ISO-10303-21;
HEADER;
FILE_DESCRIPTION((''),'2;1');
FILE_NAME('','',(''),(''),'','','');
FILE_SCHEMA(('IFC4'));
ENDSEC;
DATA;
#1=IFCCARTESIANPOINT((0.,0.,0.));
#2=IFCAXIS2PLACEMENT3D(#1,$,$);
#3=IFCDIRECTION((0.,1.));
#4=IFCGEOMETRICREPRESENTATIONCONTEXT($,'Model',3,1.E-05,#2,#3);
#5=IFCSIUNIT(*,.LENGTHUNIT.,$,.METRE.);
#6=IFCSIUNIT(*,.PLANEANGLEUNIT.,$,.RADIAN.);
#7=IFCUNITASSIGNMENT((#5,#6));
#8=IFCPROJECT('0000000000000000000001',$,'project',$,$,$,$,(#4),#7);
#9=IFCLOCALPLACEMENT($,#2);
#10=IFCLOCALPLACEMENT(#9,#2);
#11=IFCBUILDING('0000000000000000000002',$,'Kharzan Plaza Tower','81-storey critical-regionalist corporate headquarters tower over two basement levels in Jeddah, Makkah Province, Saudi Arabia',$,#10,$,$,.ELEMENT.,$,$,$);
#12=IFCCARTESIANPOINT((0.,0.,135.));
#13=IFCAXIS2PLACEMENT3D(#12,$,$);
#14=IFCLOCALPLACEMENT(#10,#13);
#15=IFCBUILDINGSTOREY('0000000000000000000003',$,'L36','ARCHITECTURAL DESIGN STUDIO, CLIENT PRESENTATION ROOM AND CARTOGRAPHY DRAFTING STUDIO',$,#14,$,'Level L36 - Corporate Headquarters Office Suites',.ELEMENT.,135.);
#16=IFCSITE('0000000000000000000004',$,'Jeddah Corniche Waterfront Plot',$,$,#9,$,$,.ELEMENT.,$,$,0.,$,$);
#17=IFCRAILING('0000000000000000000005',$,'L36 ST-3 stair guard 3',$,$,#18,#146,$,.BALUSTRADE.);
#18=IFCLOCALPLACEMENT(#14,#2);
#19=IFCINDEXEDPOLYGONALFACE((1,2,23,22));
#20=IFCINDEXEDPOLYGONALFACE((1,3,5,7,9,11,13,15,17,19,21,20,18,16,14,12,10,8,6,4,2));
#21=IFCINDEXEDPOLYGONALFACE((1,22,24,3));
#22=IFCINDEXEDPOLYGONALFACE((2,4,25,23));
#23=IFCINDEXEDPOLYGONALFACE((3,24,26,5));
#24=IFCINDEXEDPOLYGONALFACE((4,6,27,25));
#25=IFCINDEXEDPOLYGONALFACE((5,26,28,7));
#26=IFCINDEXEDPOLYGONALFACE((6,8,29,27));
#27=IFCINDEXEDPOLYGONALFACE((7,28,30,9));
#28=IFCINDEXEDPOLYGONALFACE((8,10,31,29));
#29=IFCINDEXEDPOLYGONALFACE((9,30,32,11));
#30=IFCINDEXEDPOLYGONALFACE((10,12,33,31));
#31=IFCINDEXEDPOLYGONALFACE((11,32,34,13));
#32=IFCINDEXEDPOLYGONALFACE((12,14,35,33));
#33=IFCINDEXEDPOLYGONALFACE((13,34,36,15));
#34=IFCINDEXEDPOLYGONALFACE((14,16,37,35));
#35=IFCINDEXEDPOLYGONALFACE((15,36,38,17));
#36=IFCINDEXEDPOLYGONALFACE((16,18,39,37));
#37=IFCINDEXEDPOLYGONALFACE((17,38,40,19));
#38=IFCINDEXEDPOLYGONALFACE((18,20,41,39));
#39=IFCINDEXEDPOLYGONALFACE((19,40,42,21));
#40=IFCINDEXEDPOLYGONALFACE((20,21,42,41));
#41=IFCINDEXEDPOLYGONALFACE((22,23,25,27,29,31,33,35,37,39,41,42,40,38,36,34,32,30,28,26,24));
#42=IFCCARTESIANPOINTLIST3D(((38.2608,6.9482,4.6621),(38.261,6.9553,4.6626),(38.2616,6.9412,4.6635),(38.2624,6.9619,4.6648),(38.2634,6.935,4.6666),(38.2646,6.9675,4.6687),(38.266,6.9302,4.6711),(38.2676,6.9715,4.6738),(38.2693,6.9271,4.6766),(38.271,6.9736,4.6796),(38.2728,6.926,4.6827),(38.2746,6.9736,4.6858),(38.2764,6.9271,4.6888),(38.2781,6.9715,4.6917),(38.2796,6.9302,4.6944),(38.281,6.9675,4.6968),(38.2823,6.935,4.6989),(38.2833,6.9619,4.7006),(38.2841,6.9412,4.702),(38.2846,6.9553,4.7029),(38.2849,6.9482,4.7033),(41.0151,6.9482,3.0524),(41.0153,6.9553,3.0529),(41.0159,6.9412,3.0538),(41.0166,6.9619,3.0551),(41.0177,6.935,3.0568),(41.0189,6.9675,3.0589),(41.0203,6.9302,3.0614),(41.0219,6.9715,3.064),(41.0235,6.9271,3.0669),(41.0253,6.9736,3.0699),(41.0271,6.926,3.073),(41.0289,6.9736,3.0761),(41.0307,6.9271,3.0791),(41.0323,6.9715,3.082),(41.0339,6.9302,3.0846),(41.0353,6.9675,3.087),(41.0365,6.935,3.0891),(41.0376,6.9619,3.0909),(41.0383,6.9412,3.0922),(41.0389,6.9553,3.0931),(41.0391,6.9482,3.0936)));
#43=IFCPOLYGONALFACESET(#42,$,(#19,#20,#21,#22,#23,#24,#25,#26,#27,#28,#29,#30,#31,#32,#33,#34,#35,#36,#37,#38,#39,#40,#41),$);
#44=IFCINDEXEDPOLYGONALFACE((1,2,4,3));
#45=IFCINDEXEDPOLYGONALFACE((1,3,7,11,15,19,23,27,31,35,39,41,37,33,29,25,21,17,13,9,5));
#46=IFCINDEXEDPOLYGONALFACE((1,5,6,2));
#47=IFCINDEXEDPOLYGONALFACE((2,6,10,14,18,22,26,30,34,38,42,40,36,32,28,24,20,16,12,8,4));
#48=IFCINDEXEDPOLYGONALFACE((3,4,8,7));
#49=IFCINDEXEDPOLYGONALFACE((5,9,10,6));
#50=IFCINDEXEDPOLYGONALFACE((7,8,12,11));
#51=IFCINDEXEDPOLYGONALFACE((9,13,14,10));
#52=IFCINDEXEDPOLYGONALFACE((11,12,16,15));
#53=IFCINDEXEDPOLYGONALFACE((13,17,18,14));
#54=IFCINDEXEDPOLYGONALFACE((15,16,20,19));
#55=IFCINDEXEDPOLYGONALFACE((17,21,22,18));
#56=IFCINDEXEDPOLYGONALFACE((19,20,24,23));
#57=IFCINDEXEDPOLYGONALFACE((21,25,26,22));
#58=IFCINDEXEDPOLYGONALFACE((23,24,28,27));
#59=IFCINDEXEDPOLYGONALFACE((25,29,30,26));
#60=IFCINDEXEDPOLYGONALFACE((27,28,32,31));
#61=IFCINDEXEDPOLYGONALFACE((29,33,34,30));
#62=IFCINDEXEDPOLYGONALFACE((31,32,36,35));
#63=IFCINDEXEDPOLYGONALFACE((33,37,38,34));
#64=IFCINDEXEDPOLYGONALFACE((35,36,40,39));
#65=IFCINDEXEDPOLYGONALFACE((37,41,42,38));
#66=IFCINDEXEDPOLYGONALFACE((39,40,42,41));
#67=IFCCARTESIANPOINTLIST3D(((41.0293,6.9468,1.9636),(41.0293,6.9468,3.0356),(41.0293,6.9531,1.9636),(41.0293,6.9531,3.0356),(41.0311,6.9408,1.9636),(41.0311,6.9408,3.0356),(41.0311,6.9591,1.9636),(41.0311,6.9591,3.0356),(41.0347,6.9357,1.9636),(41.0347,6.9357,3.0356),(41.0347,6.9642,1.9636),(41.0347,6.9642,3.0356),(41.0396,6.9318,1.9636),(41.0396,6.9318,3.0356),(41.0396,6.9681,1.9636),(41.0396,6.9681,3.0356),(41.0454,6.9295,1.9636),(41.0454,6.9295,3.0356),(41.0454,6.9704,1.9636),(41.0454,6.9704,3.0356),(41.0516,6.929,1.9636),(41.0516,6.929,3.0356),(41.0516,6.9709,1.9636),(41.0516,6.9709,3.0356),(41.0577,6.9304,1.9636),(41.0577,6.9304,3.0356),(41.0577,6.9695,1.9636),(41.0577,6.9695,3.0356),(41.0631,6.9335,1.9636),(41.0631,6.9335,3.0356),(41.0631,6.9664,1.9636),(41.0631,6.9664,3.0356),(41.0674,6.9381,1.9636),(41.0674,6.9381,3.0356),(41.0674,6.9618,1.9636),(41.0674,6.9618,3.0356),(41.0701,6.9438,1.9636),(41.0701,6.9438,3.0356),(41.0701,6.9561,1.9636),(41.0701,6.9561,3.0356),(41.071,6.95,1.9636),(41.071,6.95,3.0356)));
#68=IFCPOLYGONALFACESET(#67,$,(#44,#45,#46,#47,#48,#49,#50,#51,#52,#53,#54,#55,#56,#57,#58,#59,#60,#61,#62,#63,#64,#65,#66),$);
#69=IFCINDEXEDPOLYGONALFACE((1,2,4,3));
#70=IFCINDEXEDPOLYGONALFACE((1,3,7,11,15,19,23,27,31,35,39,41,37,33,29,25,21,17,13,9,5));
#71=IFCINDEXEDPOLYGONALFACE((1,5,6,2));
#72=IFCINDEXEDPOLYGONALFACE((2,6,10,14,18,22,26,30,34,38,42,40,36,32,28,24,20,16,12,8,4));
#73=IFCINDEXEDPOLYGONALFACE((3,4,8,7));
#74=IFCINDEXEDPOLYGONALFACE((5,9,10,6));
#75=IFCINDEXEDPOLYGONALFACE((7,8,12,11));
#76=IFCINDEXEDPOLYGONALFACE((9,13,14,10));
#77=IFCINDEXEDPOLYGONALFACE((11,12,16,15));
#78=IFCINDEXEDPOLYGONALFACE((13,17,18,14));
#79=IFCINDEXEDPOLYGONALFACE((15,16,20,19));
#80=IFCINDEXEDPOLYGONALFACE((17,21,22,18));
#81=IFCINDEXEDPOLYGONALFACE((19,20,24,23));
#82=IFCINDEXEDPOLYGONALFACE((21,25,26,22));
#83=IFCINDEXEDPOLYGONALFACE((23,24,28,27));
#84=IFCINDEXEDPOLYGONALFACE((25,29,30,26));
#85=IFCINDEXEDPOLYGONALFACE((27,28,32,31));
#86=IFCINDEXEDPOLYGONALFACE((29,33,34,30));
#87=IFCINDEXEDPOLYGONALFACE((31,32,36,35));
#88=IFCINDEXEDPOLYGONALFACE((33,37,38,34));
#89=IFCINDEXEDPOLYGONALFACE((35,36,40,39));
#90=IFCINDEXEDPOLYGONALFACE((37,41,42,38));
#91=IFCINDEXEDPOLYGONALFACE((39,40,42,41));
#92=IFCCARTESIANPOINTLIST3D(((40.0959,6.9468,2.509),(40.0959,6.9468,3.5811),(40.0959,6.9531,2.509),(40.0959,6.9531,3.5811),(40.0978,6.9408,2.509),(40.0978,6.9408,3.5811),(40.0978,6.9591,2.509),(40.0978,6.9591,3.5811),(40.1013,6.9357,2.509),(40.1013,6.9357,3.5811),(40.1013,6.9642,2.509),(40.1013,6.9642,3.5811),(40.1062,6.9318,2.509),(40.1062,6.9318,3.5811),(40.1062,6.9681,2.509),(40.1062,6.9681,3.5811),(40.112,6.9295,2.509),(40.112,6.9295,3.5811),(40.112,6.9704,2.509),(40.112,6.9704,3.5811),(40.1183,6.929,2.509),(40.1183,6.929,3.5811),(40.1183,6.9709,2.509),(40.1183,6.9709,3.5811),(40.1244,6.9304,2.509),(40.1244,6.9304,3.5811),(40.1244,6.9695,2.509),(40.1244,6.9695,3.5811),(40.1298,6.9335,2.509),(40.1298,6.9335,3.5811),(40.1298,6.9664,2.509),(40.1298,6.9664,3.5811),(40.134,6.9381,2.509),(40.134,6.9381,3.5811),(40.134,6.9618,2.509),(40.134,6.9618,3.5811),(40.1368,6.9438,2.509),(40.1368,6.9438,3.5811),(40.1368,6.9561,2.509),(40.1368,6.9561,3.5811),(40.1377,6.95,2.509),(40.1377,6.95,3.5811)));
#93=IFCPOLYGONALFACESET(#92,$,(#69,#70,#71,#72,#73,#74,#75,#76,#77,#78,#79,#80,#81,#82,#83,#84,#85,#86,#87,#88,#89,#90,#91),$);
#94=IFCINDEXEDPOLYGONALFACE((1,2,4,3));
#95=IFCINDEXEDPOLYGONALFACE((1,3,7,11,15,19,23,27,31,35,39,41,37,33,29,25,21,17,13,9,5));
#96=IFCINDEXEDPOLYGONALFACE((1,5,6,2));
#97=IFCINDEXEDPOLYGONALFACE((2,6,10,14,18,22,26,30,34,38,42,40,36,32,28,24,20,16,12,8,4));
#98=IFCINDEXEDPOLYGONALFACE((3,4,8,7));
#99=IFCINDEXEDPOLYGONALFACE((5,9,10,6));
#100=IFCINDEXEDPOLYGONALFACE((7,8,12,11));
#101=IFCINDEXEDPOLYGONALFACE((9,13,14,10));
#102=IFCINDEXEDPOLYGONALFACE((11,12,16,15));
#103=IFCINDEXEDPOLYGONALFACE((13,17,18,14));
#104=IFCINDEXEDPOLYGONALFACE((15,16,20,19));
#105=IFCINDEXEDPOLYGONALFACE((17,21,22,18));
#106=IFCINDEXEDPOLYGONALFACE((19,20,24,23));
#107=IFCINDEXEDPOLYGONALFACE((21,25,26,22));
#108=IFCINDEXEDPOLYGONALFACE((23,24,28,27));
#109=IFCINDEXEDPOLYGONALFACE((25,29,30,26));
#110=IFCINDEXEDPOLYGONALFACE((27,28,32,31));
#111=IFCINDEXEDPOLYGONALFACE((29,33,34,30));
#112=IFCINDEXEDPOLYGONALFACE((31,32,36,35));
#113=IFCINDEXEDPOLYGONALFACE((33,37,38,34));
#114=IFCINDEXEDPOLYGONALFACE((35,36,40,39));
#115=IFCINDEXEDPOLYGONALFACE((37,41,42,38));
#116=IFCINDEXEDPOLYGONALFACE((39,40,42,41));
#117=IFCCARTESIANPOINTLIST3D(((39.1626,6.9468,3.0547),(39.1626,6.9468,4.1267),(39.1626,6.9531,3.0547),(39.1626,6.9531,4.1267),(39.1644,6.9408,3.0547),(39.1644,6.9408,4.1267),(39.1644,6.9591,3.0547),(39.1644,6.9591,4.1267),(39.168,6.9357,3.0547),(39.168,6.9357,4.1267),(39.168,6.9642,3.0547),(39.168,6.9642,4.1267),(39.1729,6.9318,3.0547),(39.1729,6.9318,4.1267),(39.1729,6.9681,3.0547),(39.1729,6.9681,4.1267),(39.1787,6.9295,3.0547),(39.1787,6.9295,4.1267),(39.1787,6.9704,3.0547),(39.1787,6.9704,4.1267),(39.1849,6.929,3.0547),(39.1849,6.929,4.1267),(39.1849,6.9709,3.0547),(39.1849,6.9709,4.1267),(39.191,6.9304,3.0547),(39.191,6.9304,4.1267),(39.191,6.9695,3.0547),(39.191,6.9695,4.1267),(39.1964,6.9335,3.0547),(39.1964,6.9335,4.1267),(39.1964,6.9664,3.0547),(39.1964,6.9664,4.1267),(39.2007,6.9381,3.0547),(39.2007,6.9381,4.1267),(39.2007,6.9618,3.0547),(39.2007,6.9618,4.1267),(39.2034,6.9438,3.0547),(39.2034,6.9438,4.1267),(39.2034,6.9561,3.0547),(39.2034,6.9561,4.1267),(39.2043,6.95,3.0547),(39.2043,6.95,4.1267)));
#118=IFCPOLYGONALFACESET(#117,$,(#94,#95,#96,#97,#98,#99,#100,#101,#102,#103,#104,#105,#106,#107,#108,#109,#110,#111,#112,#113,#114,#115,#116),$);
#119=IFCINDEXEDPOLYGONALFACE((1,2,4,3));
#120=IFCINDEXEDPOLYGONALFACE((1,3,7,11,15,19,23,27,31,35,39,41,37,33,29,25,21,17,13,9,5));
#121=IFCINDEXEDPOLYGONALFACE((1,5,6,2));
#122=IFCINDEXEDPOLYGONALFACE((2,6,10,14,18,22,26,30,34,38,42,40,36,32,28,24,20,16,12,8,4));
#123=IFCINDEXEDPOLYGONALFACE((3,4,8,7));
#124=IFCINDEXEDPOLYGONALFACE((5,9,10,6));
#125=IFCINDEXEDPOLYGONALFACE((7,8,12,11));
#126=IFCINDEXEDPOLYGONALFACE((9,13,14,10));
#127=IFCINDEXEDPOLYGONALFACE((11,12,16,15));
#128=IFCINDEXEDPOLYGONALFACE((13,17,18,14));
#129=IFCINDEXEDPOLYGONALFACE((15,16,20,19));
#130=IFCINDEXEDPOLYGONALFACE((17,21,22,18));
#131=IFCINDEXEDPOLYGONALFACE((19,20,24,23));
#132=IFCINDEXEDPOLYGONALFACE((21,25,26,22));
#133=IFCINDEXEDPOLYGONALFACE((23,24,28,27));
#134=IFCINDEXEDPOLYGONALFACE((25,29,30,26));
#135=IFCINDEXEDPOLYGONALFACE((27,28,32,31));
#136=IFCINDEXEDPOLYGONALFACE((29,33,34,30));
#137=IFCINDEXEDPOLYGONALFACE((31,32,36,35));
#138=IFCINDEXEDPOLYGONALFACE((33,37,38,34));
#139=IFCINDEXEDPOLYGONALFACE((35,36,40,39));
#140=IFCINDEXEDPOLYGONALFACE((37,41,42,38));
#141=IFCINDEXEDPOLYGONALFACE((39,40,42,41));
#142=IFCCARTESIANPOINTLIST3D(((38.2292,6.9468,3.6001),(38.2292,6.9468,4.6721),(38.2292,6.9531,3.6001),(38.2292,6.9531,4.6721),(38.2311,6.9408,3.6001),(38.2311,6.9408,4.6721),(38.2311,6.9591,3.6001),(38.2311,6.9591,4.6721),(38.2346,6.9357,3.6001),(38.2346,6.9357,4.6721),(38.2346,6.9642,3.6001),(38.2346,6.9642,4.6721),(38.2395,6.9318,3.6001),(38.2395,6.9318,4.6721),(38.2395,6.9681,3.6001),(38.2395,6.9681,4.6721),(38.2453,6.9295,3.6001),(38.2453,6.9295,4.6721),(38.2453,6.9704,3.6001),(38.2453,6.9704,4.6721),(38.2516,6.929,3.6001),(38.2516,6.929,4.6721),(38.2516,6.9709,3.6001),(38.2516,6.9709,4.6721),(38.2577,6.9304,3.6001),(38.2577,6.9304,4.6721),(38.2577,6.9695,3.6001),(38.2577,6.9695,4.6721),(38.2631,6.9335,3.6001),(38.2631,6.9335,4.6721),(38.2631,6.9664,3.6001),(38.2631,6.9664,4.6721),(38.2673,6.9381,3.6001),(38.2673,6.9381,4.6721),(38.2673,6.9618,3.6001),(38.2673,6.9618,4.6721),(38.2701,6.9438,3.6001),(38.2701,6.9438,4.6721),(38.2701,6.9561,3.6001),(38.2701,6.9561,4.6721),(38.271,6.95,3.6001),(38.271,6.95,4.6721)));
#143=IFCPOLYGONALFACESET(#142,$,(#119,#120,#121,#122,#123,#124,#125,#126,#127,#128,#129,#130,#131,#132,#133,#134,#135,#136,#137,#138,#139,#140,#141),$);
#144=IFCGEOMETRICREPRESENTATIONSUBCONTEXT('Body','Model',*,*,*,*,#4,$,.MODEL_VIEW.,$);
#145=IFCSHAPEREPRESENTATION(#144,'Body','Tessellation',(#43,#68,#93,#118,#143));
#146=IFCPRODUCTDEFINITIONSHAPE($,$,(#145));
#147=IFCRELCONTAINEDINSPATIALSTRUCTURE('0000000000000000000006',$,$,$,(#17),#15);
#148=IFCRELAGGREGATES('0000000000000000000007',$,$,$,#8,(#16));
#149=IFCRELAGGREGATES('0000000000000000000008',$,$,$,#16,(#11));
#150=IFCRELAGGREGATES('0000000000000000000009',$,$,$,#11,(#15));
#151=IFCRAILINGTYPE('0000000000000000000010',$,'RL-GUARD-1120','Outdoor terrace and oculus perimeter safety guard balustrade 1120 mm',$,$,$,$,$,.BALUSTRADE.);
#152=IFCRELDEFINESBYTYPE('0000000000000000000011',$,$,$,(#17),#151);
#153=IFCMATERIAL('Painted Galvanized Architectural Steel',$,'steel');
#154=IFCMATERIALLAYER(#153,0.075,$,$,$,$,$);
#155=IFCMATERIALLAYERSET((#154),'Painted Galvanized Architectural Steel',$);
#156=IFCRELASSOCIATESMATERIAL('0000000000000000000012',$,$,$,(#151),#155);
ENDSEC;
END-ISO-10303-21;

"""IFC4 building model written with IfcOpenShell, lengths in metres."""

from ifc_helpers import new_model, si_unit, direction, frame, origin, origin_2d, place, context, subcontext, project, spatial, circle, extrude, source, transform, mapped, material, layer, layer_set, type_object, element, save


model = new_model("IFC4")

# Units and contexts
model_context = context("Model", 3, precision=1e-05, world=origin(), true_north=direction((0.0, 1.0)))
body_context = subcontext(model_context, "Body", "Model", "MODEL_VIEW")
ifc_project = project(units=[si_unit("LENGTHUNIT", "METRE"), si_unit("PLANEANGLEUNIT", "RADIAN")], contexts=[model_context])

# Site, building, storey
site_placement = place(None, origin())
site = spatial("IfcSite", under=ifc_project, at=site_placement, Name="Jeddah Corniche Waterfront Plot", CompositionType="ELEMENT", RefElevation=0.0)
building_placement = place(site_placement, origin())
building = spatial("IfcBuilding", under=site, at=building_placement, Name="Kharzan Plaza Tower", Description="81-storey critical-regionalist corporate headquarters tower over two basement levels in Jeddah, Makkah Province, Saudi Arabia", CompositionType="ELEMENT")
storey_placement = place(building_placement, frame((0.0, 0.0, 135.0)))
storey = spatial("IfcBuildingStorey", under=building, at=storey_placement, Name="L36", Description="ARCHITECTURAL DESIGN STUDIO, CLIENT PRESENTATION ROOM AND CARTOGRAPHY DRAFTING STUDIO", LongName="Level L36 - Corporate Headquarters Office Suites", CompositionType="ELEMENT", Elevation=135.0)

# Railing
ifc_material_1 = material(Name="Painted Galvanized Architectural Steel", Category="steel")
ifc_layer_1 = layer(ifc_material_1, 0.075)
ifc_layer_set_1 = layer_set([ifc_layer_1], Name="Painted Galvanized Architectural Steel")
railing_type_1 = type_object("IfcRailingType", Name="RL-GUARD-1120", Description="Outdoor terrace and oculus perimeter safety guard balustrade 1120 mm", PredefinedType="BALUSTRADE", material=ifc_layer_set_1)
shared_shape_1 = source(origin(), body_context, "Body", "SweptSolid", [
    extrude(circle(Radius=0.0239, at=origin_2d()), frame((-0.0229, 0.0, 1.1094), z_axis=(-0.863361, 0.0, 0.504587), x_axis=(0.0, -1.0, 0.0)), (0.0, 0.0, 1.0), 3.1902),
    extrude(circle(Radius=0.021, at=origin_2d()), origin(), (0.0, 0.0, 1.0), 1.072),
    extrude(circle(Radius=0.021, at=origin_2d()), frame((-0.9333, 0.0, 0.5454)), (0.0, 0.0, 1.0), 1.072),
    extrude(circle(Radius=0.021, at=origin_2d()), frame((-1.8667, 0.0, 1.0911)), (0.0, 0.0, 1.0), 1.072),
    extrude(circle(Radius=0.021, at=origin_2d()), frame((-2.8, 0.0, 1.6365)), (0.0, 0.0, 1.0), 1.072),
])
railing_1_placement = place(storey_placement, frame((41.05, 6.95, 1.9636)))
element("IfcRailing", 1, at=railing_1_placement, inside=storey, type_object=railing_type_1, Name="L36 ST-3 stair guard 3", PredefinedType="BALUSTRADE", context=body_context, shape_type="MappedRepresentation", body=[
    mapped(shared_shape_1, transform((0.0, 0.0, 0.0), x_axis=(1.0, 0.0, 0.0), y_axis=(0.0, 1.0, 0.0), z_axis=(0.0, 0.0, 1.0))),
])

save(model, "model.ifc")
